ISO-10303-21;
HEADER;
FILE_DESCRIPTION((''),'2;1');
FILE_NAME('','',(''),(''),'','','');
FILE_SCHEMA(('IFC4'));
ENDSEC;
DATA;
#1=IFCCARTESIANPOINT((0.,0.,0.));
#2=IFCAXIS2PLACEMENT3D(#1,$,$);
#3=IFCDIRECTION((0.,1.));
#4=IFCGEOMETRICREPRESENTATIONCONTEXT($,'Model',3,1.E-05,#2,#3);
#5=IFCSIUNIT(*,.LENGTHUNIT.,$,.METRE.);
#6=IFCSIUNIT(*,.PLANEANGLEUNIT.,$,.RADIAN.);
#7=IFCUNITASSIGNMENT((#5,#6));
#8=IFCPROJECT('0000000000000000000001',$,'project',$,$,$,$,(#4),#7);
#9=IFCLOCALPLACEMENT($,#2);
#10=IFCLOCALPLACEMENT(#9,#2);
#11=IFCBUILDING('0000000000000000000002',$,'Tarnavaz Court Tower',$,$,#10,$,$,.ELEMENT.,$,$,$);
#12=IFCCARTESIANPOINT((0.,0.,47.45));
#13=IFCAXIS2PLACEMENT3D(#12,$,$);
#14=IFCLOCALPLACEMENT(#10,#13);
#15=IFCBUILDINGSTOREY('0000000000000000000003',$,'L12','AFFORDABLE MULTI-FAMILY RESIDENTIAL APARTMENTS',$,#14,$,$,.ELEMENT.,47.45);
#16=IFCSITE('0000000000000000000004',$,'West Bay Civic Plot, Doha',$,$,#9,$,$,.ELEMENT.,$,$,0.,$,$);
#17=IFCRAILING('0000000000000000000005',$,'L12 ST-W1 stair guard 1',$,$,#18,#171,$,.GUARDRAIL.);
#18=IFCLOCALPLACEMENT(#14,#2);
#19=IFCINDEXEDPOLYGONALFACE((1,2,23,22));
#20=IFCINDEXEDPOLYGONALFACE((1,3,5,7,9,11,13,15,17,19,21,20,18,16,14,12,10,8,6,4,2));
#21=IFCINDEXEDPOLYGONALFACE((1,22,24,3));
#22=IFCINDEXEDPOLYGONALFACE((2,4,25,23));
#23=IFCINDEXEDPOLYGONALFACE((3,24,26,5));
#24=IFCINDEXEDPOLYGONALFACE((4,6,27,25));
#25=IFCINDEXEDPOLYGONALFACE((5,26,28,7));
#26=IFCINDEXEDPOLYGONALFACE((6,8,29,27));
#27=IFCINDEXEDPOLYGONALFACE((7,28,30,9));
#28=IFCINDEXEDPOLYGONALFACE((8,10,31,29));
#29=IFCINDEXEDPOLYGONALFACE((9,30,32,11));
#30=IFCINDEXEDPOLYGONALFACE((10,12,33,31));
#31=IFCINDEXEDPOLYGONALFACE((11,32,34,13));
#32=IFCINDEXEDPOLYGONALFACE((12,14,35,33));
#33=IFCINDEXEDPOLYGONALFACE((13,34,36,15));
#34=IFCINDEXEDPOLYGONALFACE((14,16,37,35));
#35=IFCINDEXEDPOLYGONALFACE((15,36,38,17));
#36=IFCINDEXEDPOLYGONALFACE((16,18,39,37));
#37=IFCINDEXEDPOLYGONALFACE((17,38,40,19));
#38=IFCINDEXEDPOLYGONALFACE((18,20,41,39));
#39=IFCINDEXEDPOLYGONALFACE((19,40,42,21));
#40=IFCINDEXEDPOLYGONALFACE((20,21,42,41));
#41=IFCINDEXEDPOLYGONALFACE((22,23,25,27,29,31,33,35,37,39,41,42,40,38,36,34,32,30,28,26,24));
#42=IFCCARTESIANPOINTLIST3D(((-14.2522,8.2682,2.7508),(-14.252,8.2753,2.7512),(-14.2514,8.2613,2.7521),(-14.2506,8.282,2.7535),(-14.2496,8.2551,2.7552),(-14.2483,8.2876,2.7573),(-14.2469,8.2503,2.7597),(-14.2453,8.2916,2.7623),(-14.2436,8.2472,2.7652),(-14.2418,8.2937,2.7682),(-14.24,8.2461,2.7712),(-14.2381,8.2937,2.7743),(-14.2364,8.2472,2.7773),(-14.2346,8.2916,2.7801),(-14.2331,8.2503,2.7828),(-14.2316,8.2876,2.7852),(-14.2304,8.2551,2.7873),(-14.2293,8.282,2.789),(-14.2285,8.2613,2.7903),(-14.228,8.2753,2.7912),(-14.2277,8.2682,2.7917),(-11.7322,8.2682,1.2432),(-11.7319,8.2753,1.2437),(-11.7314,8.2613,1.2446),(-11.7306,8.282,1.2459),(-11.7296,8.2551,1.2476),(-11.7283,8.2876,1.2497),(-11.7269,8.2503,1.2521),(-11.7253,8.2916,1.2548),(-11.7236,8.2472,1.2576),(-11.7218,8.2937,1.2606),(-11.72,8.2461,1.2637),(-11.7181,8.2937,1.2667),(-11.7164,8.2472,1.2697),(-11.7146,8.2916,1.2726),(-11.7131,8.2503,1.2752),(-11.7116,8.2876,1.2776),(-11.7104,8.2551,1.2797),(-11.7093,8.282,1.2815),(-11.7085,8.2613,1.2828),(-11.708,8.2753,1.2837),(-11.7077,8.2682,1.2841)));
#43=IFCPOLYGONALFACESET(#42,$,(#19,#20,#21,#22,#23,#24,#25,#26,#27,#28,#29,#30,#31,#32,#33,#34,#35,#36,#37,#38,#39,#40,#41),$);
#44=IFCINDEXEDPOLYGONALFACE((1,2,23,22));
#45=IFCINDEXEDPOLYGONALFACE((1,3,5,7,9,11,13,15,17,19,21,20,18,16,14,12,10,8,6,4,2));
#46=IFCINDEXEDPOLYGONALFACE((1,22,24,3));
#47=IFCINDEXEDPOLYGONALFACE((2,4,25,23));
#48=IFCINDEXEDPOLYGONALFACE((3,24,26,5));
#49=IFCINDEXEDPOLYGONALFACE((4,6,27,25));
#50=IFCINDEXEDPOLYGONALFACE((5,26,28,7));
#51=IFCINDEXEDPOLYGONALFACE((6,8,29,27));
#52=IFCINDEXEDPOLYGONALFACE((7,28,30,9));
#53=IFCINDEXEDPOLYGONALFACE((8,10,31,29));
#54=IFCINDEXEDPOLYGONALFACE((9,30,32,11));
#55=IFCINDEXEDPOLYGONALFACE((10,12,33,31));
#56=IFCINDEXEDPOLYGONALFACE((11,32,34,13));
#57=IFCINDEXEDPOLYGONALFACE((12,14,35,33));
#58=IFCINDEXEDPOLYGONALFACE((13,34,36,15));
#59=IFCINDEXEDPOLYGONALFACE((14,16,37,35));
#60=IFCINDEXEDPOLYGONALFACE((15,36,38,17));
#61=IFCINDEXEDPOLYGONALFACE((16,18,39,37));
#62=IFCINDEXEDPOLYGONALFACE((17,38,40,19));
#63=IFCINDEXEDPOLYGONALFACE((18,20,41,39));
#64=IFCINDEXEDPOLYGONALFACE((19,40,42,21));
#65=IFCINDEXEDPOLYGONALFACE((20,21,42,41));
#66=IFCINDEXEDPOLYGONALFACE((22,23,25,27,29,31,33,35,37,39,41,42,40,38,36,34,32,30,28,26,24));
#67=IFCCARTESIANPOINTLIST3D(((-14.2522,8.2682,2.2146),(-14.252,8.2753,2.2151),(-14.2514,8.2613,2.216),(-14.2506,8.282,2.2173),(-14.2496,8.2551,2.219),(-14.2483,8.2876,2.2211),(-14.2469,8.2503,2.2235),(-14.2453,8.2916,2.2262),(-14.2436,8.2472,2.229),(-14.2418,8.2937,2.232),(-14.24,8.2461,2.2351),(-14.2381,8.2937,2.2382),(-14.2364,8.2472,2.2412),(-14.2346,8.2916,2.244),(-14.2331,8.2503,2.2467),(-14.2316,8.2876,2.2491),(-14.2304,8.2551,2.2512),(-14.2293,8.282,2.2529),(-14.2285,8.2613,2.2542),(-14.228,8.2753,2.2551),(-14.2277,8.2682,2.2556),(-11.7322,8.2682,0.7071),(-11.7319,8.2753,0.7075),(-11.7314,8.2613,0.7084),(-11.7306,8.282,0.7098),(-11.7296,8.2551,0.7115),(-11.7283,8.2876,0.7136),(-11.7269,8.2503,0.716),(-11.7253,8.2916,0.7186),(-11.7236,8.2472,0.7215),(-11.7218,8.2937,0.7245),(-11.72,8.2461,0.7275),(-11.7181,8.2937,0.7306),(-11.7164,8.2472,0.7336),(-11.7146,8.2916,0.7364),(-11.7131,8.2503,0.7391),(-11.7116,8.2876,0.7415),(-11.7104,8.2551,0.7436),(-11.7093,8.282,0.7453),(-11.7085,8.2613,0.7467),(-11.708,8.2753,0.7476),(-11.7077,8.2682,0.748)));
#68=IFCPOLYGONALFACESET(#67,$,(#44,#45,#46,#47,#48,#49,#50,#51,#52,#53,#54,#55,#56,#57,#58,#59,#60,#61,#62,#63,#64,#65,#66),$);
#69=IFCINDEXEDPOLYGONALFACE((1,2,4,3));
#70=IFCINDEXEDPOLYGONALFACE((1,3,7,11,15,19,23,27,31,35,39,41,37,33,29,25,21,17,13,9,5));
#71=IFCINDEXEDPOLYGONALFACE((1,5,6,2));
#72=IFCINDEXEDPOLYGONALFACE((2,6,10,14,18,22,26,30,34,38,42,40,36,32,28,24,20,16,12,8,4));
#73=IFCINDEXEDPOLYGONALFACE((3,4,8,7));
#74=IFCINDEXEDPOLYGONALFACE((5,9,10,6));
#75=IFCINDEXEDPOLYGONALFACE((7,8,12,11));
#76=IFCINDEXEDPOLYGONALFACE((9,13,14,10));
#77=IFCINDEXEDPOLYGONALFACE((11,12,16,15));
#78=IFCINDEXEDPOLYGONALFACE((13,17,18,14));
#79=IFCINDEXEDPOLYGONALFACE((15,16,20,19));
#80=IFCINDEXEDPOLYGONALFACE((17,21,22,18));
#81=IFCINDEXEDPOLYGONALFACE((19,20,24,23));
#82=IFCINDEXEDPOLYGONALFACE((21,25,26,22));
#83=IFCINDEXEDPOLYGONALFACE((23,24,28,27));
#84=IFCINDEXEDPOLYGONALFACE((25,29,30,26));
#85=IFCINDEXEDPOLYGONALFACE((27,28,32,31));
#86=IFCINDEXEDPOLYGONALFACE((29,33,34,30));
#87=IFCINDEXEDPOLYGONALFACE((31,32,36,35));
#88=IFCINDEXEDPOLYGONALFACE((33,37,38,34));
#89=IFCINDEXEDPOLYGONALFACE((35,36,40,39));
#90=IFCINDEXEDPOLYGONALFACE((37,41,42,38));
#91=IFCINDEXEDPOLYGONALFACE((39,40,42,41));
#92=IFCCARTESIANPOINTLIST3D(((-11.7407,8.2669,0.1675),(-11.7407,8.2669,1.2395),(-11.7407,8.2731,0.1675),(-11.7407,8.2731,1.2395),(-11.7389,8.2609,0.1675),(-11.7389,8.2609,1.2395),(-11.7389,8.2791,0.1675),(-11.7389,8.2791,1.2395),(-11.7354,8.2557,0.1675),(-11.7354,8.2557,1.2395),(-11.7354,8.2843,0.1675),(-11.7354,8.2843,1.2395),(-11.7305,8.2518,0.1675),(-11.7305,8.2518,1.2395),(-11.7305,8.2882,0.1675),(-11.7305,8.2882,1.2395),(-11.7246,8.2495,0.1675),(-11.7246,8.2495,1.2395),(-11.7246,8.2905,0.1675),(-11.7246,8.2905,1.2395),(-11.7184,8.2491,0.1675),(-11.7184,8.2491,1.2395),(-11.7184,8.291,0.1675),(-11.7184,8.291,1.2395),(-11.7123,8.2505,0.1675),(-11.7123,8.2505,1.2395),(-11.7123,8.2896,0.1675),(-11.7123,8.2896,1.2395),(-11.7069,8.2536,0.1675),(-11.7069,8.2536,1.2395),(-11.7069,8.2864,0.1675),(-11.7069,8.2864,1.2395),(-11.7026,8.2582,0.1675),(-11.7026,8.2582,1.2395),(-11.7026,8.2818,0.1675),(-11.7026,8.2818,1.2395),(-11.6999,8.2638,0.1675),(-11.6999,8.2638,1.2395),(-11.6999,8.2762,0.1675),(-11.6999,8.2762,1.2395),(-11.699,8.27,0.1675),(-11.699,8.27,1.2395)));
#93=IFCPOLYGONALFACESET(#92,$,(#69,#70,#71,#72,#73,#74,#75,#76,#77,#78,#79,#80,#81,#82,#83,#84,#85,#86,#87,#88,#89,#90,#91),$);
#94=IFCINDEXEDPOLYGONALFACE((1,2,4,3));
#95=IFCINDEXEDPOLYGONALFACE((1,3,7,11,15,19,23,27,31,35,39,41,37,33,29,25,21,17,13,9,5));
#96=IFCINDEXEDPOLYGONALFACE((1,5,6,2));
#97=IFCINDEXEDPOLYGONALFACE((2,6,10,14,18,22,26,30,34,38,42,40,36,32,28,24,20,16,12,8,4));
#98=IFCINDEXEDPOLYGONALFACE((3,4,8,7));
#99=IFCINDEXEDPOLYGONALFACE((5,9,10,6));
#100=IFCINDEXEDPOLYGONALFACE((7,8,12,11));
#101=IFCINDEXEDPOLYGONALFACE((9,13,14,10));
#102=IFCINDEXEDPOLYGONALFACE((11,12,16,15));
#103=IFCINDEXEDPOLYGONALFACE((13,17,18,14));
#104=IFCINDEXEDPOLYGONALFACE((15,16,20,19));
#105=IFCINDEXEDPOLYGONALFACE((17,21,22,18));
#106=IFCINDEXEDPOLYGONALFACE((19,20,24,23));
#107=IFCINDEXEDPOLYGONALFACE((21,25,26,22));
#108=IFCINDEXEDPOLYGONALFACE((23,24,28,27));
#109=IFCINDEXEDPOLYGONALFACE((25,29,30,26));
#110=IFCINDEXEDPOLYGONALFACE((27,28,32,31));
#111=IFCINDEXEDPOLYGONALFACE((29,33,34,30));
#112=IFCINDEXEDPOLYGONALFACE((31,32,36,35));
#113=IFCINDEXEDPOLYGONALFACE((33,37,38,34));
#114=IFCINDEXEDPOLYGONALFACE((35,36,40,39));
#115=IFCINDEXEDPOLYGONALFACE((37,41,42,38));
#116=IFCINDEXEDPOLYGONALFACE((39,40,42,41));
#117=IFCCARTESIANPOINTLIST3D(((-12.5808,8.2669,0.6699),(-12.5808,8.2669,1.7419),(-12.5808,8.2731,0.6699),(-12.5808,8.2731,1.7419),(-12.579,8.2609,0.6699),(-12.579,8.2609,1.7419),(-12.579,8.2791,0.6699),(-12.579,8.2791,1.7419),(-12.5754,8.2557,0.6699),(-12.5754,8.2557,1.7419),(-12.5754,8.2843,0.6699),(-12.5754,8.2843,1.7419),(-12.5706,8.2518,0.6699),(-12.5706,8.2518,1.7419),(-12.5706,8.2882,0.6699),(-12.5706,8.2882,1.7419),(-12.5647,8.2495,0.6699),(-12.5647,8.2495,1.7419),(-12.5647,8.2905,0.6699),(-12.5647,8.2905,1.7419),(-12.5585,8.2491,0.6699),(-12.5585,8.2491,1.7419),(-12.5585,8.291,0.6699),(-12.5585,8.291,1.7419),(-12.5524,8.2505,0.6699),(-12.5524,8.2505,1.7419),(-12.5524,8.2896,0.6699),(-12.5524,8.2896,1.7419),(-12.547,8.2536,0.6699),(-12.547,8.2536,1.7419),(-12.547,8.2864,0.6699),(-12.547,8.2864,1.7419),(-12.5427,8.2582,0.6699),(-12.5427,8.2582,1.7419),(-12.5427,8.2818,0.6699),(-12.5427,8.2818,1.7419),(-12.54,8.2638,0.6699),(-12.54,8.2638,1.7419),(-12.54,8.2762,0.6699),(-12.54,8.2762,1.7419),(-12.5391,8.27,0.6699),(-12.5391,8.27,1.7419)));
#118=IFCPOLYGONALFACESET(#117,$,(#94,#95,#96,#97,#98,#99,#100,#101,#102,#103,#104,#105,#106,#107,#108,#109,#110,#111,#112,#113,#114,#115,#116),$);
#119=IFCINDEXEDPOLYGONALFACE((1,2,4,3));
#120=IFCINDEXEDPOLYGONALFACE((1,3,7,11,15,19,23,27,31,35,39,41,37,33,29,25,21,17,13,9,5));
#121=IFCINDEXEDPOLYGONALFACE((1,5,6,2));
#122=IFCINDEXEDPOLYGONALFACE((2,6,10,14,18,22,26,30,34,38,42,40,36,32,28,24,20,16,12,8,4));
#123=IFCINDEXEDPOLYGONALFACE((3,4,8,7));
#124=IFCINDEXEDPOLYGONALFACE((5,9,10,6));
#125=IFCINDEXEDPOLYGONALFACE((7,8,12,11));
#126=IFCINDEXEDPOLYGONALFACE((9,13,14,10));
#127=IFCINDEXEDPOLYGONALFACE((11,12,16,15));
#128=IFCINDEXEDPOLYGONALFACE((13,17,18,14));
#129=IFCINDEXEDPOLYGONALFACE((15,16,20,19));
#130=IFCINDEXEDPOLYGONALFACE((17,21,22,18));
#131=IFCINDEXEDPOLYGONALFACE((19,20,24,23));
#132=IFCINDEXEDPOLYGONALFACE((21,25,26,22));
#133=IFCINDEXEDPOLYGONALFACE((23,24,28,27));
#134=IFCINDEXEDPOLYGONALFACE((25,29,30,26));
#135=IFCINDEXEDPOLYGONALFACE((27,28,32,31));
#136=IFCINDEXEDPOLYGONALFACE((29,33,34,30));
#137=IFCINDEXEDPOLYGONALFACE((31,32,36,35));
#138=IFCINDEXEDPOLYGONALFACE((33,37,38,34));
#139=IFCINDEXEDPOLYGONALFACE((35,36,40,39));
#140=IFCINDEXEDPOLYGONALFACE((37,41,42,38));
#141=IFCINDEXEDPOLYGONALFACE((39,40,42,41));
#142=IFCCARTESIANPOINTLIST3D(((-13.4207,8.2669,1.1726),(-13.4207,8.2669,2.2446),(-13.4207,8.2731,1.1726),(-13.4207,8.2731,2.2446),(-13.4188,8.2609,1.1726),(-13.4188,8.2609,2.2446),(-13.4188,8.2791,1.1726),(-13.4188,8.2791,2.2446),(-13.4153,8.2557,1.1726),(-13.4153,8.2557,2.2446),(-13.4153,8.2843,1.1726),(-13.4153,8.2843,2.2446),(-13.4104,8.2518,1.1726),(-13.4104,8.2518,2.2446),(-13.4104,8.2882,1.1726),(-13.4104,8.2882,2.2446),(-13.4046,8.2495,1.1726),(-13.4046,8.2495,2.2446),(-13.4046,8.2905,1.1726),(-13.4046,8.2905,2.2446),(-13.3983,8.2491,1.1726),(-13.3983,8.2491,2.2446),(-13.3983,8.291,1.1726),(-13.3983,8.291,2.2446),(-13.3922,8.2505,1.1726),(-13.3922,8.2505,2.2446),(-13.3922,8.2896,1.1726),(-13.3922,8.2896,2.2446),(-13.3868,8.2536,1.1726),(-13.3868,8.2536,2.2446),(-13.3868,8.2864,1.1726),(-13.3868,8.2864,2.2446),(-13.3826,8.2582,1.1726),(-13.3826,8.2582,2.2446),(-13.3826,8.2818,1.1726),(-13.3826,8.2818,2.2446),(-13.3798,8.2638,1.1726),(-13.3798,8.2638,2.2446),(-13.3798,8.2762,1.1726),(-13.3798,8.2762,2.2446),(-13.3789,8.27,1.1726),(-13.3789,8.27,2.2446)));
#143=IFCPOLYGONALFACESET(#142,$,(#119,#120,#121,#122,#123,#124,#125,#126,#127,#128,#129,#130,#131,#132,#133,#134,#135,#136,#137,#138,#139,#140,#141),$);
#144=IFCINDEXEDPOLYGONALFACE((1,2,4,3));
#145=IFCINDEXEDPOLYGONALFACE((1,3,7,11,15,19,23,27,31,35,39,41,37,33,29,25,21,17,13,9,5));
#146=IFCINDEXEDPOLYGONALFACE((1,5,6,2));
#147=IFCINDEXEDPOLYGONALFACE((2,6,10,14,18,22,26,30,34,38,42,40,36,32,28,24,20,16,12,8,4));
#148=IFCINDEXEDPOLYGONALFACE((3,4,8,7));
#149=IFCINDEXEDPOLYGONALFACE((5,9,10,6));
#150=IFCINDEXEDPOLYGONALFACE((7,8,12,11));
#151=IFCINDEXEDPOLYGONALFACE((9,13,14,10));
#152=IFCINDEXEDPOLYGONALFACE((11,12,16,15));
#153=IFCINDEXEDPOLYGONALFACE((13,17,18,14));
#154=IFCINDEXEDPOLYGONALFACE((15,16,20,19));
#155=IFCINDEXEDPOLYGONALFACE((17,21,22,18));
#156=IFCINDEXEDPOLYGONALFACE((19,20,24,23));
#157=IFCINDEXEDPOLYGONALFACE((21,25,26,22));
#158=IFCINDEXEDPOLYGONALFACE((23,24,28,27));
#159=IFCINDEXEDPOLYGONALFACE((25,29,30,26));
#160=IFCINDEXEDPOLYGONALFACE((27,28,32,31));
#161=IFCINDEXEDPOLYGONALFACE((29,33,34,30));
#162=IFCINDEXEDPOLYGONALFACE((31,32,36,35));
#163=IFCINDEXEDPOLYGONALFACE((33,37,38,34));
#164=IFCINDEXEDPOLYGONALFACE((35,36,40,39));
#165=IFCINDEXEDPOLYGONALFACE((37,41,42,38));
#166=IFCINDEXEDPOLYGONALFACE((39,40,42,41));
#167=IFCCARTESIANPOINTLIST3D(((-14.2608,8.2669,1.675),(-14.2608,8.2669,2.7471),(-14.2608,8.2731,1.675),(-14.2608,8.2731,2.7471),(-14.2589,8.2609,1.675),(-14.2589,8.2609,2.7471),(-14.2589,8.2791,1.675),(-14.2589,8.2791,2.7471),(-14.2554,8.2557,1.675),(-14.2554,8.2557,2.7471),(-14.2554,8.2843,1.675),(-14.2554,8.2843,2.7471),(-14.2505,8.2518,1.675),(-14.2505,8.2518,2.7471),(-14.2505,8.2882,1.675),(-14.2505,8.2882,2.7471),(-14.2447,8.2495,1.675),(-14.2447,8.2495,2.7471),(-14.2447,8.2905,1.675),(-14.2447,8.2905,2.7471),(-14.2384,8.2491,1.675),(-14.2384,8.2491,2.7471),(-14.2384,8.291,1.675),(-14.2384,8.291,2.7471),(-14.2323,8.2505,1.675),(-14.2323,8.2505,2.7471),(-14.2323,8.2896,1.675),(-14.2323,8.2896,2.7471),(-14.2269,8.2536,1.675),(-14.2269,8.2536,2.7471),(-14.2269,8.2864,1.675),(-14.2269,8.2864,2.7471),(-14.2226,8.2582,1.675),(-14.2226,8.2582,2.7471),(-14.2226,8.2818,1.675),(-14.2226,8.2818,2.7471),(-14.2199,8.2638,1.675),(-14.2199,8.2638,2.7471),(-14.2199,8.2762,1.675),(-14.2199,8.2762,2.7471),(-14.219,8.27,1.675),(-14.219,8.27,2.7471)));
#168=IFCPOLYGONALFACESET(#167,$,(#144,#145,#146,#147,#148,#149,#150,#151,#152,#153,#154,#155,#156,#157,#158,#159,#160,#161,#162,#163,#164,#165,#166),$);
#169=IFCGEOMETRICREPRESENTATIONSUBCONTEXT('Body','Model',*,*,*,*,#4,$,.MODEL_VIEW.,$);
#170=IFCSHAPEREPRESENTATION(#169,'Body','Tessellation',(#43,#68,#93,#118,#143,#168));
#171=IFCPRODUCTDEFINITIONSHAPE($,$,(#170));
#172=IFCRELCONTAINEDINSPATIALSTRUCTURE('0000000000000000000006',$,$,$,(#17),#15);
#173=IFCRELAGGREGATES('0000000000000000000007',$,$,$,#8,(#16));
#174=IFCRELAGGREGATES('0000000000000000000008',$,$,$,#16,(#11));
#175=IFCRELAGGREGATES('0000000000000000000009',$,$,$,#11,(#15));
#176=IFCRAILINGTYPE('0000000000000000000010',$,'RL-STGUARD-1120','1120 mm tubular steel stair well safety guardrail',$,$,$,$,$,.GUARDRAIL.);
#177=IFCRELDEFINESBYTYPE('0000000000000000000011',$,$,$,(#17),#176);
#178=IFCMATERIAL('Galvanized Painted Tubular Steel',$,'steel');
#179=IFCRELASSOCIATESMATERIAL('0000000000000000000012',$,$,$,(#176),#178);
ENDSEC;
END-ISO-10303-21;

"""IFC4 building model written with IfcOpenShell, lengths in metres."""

from ifc_helpers import new_model, si_unit, direction, frame, origin, origin_2d, place, context, subcontext, project, spatial, circle, extrude, material, type_object, element, save


model = new_model("IFC4")

# Units and contexts
model_context = context("Model", 3, precision=1e-05, world=origin(), true_north=direction((0.0, 1.0)))
body_context = subcontext(model_context, "Body", "Model", "MODEL_VIEW")
ifc_project = project(units=[si_unit("LENGTHUNIT", "METRE"), si_unit("PLANEANGLEUNIT", "RADIAN")], contexts=[model_context])

# Site, building, storey
site_placement = place(None, origin())
site = spatial("IfcSite", under=ifc_project, at=site_placement, Name="West Bay Civic Plot, Doha", CompositionType="ELEMENT", RefElevation=0.0)
building_placement = place(site_placement, origin())
building = spatial("IfcBuilding", under=site, at=building_placement, Name="Tarnavaz Court Tower", CompositionType="ELEMENT")
storey_placement = place(building_placement, frame((0.0, 0.0, 47.45)))
storey = spatial("IfcBuildingStorey", under=building, at=storey_placement, Name="L12", Description="AFFORDABLE MULTI-FAMILY RESIDENTIAL APARTMENTS", CompositionType="ELEMENT", Elevation=47.45)

# Railing
ifc_material_1 = material(Name="Galvanized Painted Tubular Steel", Category="steel")
railing_type_1 = type_object("IfcRailingType", Name="RL-STGUARD-1120", Description="1120 mm tubular steel stair well safety guardrail", PredefinedType="GUARDRAIL", material=ifc_material_1)
railing_1_placement = place(storey_placement, frame((-11.72, 8.27, 0.1675)))
element("IfcRailing", 1, at=railing_1_placement, inside=storey, type_object=railing_type_1, Name="L12 ST-W1 stair guard 1", PredefinedType="GUARDRAIL", context=body_context, shape_type="SweptSolid", body=[
    extrude(circle(Radius=0.0239, at=origin_2d()), frame((0.0, 0.0, 1.0962), z_axis=(-0.85816, 0.0, 0.513383), x_axis=(0.0, -1.0, 0.0)), (0.0, 0.0, 1.0), 2.9365),
    extrude(circle(Radius=0.0239, at=origin_2d()), frame((0.0, 0.0, 0.5601), z_axis=(-0.85816, 0.0, 0.513383), x_axis=(0.0, -1.0, 0.0)), (0.0, 0.0, 1.0), 2.9365),
    extrude(circle(Radius=0.021, at=origin_2d()), origin(), (0.0, 0.0, 1.0), 1.072),
    extrude(circle(Radius=0.021, at=origin_2d()), frame((-0.8401, 0.0, 0.5024)), (0.0, 0.0, 1.0), 1.072),
    extrude(circle(Radius=0.021, at=origin_2d()), frame((-1.6799, 0.0, 1.0051)), (0.0, 0.0, 1.0), 1.072),
    extrude(circle(Radius=0.021, at=origin_2d()), frame((-2.52, 0.0, 1.5076)), (0.0, 0.0, 1.0), 1.072),
])

save(model, "model.ifc")
